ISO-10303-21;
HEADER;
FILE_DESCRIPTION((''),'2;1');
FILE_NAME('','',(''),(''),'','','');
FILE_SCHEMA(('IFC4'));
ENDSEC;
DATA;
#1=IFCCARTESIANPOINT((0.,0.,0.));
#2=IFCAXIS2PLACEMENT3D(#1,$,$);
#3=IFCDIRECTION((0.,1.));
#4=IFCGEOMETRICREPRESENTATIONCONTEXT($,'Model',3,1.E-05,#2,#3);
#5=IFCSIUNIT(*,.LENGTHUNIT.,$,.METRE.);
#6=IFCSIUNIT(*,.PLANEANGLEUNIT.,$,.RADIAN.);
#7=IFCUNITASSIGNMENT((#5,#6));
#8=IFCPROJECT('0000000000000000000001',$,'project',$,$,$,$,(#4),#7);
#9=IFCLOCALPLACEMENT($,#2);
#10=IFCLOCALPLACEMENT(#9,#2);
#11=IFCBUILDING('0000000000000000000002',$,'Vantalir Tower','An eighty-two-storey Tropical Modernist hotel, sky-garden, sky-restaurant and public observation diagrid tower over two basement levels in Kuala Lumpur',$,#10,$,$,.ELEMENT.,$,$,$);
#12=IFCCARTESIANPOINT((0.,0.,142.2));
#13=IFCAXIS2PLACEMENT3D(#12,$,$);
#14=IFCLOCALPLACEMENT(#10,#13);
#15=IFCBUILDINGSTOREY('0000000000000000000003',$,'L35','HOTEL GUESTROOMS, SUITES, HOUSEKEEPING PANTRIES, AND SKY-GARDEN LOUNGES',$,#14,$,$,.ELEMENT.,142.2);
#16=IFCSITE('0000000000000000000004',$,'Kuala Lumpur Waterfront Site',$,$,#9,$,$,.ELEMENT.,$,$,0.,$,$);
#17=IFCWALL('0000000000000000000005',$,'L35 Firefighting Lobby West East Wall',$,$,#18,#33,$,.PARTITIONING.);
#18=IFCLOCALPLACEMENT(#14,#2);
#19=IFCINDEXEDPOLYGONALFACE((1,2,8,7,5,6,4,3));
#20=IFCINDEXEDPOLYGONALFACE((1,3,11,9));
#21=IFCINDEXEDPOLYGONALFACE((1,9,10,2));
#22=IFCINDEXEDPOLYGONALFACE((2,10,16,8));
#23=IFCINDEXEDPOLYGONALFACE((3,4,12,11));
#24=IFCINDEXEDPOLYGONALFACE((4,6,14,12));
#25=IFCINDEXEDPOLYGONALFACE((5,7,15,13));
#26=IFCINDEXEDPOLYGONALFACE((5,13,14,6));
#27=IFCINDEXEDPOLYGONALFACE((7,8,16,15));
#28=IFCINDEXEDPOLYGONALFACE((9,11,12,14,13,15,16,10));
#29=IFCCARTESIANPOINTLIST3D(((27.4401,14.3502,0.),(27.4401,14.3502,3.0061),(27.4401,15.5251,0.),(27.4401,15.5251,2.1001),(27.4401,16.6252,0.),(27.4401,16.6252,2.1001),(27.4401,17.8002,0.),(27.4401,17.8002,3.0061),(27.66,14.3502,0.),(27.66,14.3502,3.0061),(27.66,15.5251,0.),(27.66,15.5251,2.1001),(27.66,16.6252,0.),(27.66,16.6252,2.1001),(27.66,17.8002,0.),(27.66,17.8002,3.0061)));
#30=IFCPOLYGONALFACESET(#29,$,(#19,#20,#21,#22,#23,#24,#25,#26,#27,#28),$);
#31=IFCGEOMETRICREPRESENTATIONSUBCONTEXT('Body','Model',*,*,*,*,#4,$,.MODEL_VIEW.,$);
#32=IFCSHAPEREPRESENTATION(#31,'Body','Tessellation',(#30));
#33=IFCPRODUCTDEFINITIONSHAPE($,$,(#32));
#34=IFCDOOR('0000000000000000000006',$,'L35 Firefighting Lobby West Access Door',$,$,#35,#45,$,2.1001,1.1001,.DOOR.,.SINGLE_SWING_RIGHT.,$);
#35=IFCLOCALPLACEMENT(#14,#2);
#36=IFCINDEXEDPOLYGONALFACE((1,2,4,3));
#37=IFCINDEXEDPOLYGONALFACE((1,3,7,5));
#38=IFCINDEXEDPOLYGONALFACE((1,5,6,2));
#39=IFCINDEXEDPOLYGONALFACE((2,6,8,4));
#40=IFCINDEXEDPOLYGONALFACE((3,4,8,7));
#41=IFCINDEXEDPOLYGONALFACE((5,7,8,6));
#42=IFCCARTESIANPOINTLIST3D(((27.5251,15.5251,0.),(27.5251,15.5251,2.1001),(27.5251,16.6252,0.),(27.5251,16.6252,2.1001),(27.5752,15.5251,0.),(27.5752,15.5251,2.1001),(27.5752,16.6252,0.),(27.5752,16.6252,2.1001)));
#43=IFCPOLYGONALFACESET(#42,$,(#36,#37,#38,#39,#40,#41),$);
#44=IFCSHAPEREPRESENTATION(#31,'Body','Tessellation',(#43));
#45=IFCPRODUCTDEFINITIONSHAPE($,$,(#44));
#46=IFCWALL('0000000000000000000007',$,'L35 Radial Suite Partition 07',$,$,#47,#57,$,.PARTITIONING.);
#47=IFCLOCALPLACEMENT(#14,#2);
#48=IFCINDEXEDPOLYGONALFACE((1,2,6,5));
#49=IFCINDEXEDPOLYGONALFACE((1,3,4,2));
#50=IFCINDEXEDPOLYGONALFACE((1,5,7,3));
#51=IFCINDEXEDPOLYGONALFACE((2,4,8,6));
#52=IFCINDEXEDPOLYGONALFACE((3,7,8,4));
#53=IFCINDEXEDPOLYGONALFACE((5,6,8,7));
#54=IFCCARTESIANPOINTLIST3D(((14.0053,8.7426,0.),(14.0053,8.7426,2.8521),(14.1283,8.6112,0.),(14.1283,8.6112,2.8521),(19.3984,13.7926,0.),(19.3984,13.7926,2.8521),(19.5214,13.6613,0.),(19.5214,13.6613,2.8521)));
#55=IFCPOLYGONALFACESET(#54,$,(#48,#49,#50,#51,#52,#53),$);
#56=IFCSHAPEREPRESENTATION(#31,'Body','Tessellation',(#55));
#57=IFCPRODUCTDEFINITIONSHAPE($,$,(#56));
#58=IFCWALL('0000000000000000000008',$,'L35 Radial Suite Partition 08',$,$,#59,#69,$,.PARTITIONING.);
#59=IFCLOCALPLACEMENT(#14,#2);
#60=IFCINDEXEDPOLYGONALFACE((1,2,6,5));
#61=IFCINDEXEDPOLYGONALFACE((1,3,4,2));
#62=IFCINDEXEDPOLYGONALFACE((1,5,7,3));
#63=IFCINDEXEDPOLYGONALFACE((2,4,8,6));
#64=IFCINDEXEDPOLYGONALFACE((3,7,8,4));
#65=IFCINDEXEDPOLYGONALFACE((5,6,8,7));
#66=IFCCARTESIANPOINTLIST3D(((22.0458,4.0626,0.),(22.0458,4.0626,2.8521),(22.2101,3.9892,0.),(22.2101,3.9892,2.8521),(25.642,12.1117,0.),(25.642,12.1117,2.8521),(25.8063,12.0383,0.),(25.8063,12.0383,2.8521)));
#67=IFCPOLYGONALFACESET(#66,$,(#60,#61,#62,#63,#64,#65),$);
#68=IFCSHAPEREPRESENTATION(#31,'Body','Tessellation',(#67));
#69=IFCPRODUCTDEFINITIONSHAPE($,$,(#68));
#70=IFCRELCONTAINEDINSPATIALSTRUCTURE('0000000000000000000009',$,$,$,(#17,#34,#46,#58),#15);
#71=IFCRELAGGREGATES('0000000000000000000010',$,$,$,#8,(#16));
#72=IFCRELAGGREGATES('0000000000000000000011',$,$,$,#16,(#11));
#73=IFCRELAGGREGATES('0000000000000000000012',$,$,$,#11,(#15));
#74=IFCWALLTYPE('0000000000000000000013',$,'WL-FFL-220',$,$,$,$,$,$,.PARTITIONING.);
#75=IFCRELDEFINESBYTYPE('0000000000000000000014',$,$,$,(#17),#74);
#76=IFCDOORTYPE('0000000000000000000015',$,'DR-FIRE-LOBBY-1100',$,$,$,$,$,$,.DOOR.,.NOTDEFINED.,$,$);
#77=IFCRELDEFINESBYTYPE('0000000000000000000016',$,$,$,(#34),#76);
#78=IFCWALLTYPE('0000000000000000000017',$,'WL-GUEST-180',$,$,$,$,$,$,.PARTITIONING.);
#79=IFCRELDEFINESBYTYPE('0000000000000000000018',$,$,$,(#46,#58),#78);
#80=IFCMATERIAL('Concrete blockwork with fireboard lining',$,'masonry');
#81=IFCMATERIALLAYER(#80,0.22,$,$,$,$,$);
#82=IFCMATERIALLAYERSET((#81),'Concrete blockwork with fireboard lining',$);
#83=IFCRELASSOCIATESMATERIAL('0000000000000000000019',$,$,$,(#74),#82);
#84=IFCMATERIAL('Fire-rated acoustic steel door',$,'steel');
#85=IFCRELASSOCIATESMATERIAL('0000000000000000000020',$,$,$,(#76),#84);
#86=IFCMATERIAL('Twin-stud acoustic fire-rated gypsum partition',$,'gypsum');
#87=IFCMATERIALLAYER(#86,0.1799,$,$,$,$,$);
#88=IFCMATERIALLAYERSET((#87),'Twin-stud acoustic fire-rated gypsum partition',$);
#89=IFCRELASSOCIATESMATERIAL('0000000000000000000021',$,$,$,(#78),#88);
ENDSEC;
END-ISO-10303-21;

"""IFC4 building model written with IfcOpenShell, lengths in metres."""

from ifc_helpers import new_model, si_unit, direction, frame, frame_2d, origin, place, context, subcontext, project, spatial, rectangle, extrude, material, layer, layer_set, type_object, element, fill, save


model = new_model("IFC4")

# Units and contexts
model_context = context("Model", 3, precision=1e-05, world=origin(), true_north=direction((0.0, 1.0)))
body_context = subcontext(model_context, "Body", "Model", "MODEL_VIEW")
ifc_project = project(units=[si_unit("LENGTHUNIT", "METRE"), si_unit("PLANEANGLEUNIT", "RADIAN")], contexts=[model_context])

# Site, building, storey
site_placement = place(None, origin())
site = spatial("IfcSite", under=ifc_project, at=site_placement, Name="Kuala Lumpur Waterfront Site", CompositionType="ELEMENT", RefElevation=0.0)
building_placement = place(site_placement, origin())
building = spatial("IfcBuilding", under=site, at=building_placement, Name="Vantalir Tower", Description="An eighty-two-storey Tropical Modernist hotel, sky-garden, sky-restaurant and public observation diagrid tower over two basement levels in Kuala Lumpur", CompositionType="ELEMENT")
storey_placement = place(building_placement, frame((0.0, 0.0, 142.2)))
storey = spatial("IfcBuildingStorey", under=building, at=storey_placement, Name="L35", Description="HOTEL GUESTROOMS, SUITES, HOUSEKEEPING PANTRIES, AND SKY-GARDEN LOUNGES", CompositionType="ELEMENT", Elevation=142.2)

# Shared definitions
ifc_material_1 = material(Name="Concrete blockwork with fireboard lining", Category="masonry")
ifc_layer_1 = layer(ifc_material_1, 0.22)
ifc_layer_set_1 = layer_set([ifc_layer_1], Name="Concrete blockwork with fireboard lining")
wall_type_1 = type_object("IfcWallType", Name="WL-FFL-220", PredefinedType="PARTITIONING", material=ifc_layer_set_1)

# Wall, opening, door
wall_1_placement = place(storey_placement, frame((27.55, 14.3501, 0.0), z_axis=(0.0, 0.0, 1.0), x_axis=(0.0, 1.0, 0.0)))
wall_1 = element("IfcWall", 1, at=wall_1_placement, inside=storey, type_object=wall_type_1, Name="L35 Firefighting Lobby West East Wall", PredefinedType="PARTITIONING", context=body_context, shape_type="SweptSolid", body=[
    extrude(rectangle(XDim=3.45, YDim=0.22, at=frame_2d((1.7251, 0.0))), origin(), (0.0, 0.0, 1.0), 3.0061),
])
opening_1_placement = place(wall_1_placement, frame((1.175, 0.0, 0.0)))
opening_1 = element("IfcOpeningElement", 2, at=opening_1_placement, cuts=wall_1, PredefinedType="OPENING", context=body_context, shape_type="SweptSolid", body=[
    extrude(rectangle(XDim=1.1001, YDim=2.1001, at=frame_2d((0.55, 1.05))), frame((0.0, 0.1199, 0.0), z_axis=(0.0, -1.0, 0.0), x_axis=(1.0, 0.0, 0.0)), (0.0, 0.0, 1.0), 0.24),
])
ifc_material_2 = material(Name="Fire-rated acoustic steel door", Category="steel")
door_type_1 = type_object("IfcDoorType", Name="DR-FIRE-LOBBY-1100", OperationType="NOTDEFINED", PredefinedType="DOOR", material=ifc_material_2)
door_1_placement = place(opening_1_placement, origin())
door_1 = element("IfcDoor", 3, at=door_1_placement, inside=storey, type_object=door_type_1, Name="L35 Firefighting Lobby West Access Door", OperationType="SINGLE_SWING_RIGHT", OverallHeight=2.1001, OverallWidth=1.1001, PredefinedType="DOOR", context=body_context, shape_type="SweptSolid", body=[
    extrude(rectangle(XDim=1.1001, YDim=2.1001, at=frame_2d((0.55, 1.05))), frame((0.0, 0.0249, 0.0), z_axis=(0.0, -1.0, 0.0), x_axis=(1.0, 0.0, 0.0)), (0.0, 0.0, 1.0), 0.05),
])
fill(opening_1, door_1)

# Walls
ifc_material_3 = material(Name="Twin-stud acoustic fire-rated gypsum partition", Category="gypsum")
ifc_layer_2 = layer(ifc_material_3, 0.1799)
ifc_layer_set_2 = layer_set([ifc_layer_2], Name="Twin-stud acoustic fire-rated gypsum partition")
wall_type_2 = type_object("IfcWallType", Name="WL-GUEST-180", PredefinedType="PARTITIONING", material=ifc_layer_set_2)
wall_2_placement = place(storey_placement, frame((19.46, 13.7271, 0.0), z_axis=(0.0, 0.0, 1.0), x_axis=(-0.729939, -0.683512, 0.0)))
element("IfcWall", 4, at=wall_2_placement, inside=storey, type_object=wall_type_2, Name="L35 Radial Suite Partition 07", PredefinedType="PARTITIONING", context=body_context, shape_type="SweptSolid", body=[
    extrude(rectangle(XDim=7.3884, YDim=0.1799, at=frame_2d((3.6943, 0.0))), origin(), (0.0, 0.0, 1.0), 2.8521),
])
wall_3_placement = place(storey_placement, frame((25.7241, 12.075, 0.0), z_axis=(0.0, 0.0, 1.0), x_axis=(-0.407921, -0.913017, 0.0)))
element("IfcWall", 5, at=wall_3_placement, inside=storey, type_object=wall_type_2, Name="L35 Radial Suite Partition 08", PredefinedType="PARTITIONING", context=body_context, shape_type="SweptSolid", body=[
    extrude(rectangle(XDim=8.8159, YDim=0.1799, at=frame_2d((4.408, 0.0))), origin(), (0.0, 0.0, 1.0), 2.8521),
])

save(model, "model.ifc")
